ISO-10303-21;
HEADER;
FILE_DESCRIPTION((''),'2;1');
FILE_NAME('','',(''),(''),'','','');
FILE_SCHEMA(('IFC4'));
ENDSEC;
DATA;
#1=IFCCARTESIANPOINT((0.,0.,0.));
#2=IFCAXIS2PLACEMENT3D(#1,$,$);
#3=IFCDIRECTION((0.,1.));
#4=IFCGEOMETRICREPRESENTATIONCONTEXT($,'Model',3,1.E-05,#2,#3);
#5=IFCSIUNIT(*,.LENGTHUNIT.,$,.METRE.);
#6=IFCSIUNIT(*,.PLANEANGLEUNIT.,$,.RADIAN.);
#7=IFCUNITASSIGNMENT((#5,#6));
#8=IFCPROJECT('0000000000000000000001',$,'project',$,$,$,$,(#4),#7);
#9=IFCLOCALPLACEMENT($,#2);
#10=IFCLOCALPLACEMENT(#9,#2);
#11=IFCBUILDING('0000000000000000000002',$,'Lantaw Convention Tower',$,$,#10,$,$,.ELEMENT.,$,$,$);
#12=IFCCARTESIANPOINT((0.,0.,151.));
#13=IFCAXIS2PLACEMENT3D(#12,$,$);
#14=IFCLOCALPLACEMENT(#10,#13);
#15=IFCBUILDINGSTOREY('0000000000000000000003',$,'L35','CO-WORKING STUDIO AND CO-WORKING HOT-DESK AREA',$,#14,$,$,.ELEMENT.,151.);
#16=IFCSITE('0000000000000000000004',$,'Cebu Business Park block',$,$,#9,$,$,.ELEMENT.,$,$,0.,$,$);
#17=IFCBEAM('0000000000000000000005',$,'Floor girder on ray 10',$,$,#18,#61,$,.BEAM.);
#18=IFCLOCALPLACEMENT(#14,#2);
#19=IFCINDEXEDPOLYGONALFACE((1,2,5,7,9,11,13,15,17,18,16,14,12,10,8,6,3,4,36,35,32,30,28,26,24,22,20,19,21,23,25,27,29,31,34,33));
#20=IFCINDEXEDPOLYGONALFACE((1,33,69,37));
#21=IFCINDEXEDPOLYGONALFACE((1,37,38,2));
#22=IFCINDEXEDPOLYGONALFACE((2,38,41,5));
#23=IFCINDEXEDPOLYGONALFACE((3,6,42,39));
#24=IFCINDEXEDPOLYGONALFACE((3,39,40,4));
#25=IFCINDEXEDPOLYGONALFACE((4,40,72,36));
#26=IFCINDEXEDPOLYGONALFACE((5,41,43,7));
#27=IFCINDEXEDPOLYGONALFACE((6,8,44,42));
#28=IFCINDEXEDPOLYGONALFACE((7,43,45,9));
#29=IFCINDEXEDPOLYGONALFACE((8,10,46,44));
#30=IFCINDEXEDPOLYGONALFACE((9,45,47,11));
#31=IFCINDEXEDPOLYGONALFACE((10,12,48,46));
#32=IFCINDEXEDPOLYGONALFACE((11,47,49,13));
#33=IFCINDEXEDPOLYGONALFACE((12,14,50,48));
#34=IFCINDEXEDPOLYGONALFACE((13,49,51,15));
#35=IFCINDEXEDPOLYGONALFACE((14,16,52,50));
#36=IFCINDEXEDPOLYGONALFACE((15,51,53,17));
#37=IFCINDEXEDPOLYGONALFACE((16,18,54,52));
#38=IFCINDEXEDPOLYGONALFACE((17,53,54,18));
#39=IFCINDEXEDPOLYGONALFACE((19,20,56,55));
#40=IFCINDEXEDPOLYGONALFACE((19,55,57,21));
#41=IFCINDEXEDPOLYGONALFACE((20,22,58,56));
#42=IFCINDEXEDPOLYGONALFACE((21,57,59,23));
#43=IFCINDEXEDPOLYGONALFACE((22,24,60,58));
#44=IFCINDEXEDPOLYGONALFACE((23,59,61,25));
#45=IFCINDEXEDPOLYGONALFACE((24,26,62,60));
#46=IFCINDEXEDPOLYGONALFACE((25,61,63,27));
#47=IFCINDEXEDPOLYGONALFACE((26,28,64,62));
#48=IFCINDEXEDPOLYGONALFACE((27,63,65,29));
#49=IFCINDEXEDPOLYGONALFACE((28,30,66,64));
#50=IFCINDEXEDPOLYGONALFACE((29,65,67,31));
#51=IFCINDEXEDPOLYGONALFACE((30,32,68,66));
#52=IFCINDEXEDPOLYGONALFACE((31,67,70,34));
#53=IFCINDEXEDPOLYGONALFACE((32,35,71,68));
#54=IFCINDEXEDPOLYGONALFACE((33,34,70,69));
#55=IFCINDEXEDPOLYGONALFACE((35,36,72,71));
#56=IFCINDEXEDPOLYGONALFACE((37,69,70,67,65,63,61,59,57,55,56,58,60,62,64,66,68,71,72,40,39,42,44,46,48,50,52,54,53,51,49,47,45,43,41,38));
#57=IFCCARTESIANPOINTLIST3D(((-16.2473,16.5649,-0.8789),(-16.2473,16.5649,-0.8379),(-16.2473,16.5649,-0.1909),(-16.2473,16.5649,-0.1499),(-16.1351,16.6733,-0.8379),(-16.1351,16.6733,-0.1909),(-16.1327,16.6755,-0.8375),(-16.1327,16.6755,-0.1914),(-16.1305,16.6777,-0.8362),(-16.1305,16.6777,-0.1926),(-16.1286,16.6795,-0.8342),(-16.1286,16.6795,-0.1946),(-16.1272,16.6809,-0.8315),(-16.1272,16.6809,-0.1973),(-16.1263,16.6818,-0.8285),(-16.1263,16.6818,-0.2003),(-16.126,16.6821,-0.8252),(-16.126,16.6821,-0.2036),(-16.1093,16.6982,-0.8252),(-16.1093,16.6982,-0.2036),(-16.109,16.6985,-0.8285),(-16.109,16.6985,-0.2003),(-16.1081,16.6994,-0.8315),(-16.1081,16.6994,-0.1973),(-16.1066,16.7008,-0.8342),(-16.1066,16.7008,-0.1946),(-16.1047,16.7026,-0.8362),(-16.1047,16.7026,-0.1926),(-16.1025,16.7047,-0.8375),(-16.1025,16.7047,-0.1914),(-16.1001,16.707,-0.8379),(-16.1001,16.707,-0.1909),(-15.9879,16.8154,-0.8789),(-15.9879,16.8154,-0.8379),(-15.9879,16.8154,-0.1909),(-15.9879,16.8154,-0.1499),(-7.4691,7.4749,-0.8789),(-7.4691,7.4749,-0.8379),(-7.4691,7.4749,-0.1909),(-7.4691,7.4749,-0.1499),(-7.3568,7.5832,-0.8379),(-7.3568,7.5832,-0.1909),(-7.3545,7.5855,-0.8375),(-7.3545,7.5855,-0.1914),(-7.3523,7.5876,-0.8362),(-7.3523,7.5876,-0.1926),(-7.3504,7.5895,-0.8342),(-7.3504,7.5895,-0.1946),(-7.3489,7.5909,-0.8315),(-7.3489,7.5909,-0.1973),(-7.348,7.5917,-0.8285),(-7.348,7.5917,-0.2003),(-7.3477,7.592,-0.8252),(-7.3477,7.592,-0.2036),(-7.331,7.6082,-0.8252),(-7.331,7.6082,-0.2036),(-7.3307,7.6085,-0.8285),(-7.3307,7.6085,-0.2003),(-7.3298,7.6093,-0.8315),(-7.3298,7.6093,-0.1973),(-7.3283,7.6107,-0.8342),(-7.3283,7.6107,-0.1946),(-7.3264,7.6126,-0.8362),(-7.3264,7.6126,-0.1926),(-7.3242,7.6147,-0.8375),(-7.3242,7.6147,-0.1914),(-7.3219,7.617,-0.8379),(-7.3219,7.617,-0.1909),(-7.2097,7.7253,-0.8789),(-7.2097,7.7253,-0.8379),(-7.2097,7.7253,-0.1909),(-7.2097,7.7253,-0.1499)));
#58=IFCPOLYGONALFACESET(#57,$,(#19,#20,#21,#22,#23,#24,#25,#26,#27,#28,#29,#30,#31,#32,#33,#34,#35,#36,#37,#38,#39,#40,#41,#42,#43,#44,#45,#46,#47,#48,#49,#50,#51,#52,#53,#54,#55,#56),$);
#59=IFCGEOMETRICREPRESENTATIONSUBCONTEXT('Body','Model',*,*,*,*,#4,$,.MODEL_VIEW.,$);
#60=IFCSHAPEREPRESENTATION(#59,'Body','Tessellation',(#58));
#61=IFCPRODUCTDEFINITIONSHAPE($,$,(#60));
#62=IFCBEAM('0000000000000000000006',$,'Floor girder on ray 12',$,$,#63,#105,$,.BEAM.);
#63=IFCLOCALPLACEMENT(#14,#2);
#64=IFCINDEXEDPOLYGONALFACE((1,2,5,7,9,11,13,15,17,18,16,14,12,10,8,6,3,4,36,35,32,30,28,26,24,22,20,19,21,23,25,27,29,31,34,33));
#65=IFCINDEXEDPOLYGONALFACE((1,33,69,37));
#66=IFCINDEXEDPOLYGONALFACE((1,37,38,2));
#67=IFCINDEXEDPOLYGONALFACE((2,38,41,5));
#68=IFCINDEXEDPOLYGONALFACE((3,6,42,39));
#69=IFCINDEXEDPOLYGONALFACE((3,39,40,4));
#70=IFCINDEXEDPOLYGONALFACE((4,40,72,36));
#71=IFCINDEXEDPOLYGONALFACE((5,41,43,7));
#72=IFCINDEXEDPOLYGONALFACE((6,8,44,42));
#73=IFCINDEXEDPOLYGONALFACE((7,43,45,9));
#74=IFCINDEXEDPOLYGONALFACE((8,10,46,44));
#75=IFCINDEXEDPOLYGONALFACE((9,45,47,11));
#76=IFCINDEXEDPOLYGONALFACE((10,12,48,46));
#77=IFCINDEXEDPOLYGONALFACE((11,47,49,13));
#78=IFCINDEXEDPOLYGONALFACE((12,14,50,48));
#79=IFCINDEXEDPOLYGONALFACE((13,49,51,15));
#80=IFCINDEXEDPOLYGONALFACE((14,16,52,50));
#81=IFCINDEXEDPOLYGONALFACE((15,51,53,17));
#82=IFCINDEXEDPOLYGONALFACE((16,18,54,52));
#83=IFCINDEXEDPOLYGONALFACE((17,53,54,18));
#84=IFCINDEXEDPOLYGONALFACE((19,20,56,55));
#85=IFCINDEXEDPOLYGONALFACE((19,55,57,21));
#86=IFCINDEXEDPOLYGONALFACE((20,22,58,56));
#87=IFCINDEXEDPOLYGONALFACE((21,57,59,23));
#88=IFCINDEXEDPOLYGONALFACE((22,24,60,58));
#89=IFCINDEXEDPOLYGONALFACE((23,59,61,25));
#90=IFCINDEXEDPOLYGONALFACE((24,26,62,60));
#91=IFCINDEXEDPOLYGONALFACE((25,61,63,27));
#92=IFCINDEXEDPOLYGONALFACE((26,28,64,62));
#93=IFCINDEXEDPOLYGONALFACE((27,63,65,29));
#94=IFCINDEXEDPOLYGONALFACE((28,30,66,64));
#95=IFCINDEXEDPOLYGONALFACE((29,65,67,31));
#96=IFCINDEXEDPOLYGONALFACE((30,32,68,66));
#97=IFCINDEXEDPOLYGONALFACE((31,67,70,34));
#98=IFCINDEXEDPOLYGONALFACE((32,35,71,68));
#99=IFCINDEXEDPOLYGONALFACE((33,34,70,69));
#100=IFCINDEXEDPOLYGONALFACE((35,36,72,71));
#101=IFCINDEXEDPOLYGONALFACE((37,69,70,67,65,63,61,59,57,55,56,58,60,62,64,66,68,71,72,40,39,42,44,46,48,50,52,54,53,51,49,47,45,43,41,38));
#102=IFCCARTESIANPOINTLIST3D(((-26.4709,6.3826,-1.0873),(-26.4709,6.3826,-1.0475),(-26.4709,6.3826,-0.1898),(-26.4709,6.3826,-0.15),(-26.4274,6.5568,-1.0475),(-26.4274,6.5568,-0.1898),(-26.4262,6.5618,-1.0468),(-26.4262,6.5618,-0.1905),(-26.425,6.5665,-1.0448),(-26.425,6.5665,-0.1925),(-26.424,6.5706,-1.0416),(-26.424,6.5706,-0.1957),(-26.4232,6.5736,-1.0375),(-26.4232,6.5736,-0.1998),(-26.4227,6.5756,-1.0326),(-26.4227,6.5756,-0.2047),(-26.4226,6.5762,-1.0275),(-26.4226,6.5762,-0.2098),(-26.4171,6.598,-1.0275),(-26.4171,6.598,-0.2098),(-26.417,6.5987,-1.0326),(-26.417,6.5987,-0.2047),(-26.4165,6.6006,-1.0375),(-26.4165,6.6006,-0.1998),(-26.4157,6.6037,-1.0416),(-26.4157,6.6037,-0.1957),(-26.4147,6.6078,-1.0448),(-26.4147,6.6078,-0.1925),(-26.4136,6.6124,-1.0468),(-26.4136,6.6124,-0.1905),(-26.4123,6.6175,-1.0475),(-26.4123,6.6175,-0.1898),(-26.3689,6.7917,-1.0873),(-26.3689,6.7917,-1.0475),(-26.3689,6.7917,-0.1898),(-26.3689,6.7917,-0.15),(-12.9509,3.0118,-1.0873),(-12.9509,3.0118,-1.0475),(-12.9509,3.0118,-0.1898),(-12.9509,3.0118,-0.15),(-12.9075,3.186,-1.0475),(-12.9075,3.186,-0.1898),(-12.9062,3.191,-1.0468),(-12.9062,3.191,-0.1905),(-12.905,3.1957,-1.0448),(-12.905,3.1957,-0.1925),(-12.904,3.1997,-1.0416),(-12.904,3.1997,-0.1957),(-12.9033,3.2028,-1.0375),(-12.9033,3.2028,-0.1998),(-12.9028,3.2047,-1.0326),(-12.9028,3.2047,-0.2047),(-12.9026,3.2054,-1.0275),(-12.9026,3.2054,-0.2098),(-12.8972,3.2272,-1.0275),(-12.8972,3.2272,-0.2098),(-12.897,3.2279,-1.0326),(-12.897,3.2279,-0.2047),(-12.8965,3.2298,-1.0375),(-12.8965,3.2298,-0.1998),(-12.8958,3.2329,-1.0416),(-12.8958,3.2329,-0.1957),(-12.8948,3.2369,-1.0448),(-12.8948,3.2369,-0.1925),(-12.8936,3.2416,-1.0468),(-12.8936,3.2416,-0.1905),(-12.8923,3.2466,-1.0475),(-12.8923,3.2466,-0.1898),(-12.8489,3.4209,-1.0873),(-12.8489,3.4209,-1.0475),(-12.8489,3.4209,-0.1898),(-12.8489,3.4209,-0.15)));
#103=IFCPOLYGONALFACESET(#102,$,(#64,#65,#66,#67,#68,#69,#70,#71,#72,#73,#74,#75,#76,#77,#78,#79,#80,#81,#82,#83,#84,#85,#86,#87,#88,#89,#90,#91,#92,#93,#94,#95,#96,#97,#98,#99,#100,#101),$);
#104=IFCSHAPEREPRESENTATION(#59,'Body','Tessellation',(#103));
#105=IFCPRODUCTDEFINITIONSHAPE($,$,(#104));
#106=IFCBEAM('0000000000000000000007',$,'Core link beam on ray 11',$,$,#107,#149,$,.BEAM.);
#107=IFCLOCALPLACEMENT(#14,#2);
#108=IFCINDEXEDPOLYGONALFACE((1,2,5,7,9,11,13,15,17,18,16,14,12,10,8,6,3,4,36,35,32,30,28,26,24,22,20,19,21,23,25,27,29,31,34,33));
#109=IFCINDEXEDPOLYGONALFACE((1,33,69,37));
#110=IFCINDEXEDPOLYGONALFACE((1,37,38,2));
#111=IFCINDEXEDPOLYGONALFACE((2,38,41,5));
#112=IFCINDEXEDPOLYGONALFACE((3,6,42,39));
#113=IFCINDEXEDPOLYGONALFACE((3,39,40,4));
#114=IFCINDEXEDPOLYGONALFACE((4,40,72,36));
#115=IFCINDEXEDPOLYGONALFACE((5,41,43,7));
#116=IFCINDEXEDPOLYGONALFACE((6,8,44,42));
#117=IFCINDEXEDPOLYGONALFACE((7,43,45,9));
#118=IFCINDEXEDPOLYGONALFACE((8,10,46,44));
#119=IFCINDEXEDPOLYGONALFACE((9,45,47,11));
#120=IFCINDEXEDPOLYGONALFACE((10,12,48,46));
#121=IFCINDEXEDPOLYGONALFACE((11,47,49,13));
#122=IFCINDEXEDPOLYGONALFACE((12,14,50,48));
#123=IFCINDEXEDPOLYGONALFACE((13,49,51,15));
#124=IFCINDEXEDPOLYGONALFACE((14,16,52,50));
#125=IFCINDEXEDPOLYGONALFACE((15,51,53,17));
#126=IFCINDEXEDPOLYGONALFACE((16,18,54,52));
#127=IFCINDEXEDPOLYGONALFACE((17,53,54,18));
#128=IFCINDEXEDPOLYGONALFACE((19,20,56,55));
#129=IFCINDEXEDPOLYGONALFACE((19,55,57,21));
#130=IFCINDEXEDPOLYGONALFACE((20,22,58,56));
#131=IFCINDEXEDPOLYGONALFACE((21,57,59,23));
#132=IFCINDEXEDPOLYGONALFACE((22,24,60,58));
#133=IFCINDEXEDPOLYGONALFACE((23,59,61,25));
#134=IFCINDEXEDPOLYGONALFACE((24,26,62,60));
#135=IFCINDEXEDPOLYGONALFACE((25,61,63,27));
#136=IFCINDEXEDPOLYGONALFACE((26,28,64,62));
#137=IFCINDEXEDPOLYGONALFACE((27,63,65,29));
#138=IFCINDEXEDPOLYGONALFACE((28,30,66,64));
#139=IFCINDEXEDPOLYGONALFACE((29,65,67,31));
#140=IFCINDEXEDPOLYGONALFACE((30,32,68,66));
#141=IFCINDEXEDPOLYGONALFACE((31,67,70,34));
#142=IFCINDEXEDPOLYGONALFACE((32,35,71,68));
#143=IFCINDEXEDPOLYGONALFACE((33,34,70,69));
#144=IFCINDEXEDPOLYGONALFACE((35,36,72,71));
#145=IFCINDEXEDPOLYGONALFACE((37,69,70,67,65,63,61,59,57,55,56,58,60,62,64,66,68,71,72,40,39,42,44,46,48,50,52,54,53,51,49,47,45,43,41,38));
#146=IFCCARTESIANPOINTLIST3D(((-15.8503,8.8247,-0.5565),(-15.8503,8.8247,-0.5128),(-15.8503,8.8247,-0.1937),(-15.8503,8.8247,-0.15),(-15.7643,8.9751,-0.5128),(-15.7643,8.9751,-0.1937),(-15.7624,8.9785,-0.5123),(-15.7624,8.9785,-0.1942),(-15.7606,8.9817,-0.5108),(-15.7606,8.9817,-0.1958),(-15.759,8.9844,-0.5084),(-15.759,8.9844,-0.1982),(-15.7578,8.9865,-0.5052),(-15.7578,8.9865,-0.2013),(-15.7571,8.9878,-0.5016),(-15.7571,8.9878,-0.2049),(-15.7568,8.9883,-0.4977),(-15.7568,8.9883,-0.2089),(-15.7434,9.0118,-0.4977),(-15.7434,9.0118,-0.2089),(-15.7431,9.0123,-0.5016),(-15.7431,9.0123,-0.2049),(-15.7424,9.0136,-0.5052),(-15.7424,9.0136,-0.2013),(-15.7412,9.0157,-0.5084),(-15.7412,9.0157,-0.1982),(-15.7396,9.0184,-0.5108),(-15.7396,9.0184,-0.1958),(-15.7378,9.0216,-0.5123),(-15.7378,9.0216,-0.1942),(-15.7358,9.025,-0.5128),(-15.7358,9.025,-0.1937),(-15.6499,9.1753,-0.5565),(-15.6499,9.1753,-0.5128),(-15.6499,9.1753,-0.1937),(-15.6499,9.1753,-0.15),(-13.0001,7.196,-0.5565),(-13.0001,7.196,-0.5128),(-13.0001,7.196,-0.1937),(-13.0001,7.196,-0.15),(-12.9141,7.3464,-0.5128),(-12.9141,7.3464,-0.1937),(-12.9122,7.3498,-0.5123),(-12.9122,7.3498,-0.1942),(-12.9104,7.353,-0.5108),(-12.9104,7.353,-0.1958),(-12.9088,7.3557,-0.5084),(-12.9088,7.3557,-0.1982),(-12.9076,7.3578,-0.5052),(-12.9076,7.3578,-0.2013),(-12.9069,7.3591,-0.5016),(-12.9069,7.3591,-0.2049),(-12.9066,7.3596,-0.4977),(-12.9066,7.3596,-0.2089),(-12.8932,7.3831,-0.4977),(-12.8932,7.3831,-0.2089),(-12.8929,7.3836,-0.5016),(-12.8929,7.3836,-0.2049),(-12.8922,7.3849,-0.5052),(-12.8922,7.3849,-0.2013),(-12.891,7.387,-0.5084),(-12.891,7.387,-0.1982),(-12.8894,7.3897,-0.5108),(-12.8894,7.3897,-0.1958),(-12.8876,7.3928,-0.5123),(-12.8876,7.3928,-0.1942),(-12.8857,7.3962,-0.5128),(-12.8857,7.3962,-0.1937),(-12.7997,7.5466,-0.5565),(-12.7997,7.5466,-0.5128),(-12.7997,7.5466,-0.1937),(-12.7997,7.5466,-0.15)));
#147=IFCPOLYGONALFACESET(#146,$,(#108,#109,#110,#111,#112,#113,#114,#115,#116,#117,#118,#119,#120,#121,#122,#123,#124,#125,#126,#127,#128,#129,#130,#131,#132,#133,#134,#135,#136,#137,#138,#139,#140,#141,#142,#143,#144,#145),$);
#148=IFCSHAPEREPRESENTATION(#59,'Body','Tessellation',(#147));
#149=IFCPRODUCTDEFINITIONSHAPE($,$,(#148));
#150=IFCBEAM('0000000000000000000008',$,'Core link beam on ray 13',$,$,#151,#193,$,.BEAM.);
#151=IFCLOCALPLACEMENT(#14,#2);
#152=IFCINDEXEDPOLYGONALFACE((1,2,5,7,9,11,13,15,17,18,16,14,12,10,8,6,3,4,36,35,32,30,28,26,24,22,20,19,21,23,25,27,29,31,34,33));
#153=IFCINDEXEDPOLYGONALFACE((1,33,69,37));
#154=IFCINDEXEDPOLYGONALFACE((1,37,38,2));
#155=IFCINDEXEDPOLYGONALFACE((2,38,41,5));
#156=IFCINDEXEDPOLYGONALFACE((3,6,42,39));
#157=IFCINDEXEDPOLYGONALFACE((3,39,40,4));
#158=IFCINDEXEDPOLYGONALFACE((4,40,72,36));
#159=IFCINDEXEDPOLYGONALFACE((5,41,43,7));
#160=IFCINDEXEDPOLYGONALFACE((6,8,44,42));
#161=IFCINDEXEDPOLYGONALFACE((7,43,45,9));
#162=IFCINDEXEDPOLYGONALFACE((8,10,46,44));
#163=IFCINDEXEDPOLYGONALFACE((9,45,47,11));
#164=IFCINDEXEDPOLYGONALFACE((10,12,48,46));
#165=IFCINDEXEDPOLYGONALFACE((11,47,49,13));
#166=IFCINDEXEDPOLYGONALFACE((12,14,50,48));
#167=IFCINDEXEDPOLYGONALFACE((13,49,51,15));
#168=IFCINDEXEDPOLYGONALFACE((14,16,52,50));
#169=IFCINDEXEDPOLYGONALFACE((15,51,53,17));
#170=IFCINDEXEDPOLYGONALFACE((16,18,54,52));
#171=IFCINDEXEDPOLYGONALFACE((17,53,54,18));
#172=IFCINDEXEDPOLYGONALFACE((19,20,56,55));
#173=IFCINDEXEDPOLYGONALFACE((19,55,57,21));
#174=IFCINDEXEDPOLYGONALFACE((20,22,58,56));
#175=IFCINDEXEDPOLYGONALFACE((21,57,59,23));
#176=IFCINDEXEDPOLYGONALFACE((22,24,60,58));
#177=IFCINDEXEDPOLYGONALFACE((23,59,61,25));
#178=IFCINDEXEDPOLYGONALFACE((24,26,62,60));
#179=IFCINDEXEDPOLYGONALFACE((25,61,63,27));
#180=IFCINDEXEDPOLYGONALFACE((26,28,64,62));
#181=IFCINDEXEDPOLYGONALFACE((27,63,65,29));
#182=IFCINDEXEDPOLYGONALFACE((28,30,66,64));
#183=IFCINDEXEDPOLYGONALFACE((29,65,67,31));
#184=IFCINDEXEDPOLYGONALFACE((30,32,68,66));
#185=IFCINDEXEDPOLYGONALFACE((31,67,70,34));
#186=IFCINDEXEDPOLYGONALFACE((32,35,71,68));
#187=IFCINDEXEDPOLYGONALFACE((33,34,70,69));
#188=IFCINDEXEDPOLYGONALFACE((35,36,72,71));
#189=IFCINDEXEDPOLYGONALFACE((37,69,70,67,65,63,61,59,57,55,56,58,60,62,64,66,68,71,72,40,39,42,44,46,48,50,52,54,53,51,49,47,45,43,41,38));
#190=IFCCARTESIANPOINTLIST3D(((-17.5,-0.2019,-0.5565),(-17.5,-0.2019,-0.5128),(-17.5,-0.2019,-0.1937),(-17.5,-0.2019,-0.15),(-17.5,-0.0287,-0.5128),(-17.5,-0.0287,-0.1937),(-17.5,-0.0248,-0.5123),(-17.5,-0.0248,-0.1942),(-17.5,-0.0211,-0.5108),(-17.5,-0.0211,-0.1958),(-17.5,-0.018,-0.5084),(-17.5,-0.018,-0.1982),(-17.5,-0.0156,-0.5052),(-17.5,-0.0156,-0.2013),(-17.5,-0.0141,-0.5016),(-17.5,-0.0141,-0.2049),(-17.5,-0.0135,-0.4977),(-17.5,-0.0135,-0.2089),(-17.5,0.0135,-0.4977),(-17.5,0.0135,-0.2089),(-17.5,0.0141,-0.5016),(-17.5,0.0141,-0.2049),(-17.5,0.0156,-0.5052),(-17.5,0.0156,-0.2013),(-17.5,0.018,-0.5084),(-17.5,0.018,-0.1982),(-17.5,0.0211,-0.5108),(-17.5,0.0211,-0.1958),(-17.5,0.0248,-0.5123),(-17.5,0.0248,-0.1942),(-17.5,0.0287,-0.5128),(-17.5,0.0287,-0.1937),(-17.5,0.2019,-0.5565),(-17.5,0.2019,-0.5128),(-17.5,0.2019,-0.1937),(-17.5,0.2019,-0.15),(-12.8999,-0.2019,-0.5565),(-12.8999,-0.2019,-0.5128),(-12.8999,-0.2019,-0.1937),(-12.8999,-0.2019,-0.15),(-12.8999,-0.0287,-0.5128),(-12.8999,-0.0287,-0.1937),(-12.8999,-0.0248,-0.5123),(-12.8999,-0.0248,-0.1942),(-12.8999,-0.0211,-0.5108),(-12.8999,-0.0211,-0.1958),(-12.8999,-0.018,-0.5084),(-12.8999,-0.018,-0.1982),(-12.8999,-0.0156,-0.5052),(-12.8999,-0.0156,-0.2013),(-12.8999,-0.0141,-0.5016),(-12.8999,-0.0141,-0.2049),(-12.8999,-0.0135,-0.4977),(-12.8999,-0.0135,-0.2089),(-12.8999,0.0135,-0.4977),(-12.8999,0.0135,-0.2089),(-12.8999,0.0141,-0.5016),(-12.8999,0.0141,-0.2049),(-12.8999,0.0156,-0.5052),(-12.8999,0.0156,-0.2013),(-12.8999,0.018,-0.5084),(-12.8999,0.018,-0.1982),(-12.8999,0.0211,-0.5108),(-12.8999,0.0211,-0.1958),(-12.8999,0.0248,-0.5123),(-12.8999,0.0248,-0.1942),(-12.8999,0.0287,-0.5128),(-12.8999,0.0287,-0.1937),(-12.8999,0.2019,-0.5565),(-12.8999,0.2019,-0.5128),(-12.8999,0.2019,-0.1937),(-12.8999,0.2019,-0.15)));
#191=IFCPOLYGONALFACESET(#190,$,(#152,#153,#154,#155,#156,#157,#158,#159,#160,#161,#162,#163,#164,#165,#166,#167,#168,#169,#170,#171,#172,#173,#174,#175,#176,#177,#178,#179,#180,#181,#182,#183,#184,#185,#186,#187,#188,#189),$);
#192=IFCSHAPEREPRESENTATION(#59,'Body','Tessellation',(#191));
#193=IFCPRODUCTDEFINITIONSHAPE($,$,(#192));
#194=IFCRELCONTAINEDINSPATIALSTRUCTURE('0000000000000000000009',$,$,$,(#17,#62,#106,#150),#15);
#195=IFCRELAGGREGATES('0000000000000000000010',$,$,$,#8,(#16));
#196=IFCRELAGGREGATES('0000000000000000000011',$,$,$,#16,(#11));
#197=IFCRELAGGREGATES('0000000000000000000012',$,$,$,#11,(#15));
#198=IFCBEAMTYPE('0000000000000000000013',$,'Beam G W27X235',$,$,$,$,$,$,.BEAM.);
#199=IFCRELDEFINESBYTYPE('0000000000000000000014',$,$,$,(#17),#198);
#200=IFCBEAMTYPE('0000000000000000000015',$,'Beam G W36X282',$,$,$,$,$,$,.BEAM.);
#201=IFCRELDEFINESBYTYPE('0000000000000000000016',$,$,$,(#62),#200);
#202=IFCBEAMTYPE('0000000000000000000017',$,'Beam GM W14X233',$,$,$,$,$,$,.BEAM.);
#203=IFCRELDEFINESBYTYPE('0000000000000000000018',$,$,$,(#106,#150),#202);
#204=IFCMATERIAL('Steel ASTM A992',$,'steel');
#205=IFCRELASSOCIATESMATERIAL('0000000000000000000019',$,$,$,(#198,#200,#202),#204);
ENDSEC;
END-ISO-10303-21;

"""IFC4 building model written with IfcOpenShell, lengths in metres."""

from ifc_helpers import new_model, si_unit, direction, frame, origin, origin_2d, place, context, subcontext, project, spatial, i_section, extrude, material, material_profile, profile_set, type_object, element, save


model = new_model("IFC4")

# Units and contexts
model_context = context("Model", 3, precision=1e-05, world=origin(), true_north=direction((0.0, 1.0)))
body_context = subcontext(model_context, "Body", "Model", "MODEL_VIEW")
ifc_project = project(units=[si_unit("LENGTHUNIT", "METRE"), si_unit("PLANEANGLEUNIT", "RADIAN")], contexts=[model_context])

# Site, building, storey
site_placement = place(None, origin())
site = spatial("IfcSite", under=ifc_project, at=site_placement, Name="Cebu Business Park block", CompositionType="ELEMENT", RefElevation=0.0)
building_placement = place(site_placement, origin())
building = spatial("IfcBuilding", under=site, at=building_placement, Name="Lantaw Convention Tower", CompositionType="ELEMENT")
storey_placement = place(building_placement, frame((0.0, 0.0, 151.0)))
storey = spatial("IfcBuildingStorey", under=building, at=storey_placement, Name="L35", Description="CO-WORKING STUDIO AND CO-WORKING HOT-DESK AREA", CompositionType="ELEMENT", Elevation=151.0)

# Beams
ifc_material_1 = material(Name="Steel ASTM A992", Category="steel")
ifc_material_profile_1 = material_profile(ifc_material_1, i_section(OverallWidth=0.3606, OverallDepth=0.729, WebThickness=0.0232, FlangeThickness=0.041, FilletRadius=0.0127, at=origin_2d()), Name="W27X235")
ifc_profile_set_1 = profile_set([ifc_material_profile_1], Name="Steel ASTM A992")
beam_type_1 = type_object("IfcBeamType", Name="Beam G W27X235", PredefinedType="BEAM", material=ifc_profile_set_1)
beam_1_placement = place(storey_placement, frame((-7.3394, 7.6001, -0.5144), z_axis=(-0.694663, 0.719335, 0.0), x_axis=(-0.719335, -0.694663, 0.0)))
element("IfcBeam", 1, at=beam_1_placement, inside=storey, type_object=beam_type_1, Name="Floor girder on ray 10", PredefinedType="BEAM", context=body_context, shape_type="SweptSolid", body=[
    extrude(i_section(OverallWidth=0.3606, OverallDepth=0.729, WebThickness=0.0232, FlangeThickness=0.041, FilletRadius=0.0127, at=origin_2d()), origin(), (0.0, 0.0, 1.0), 12.6367),
])
ifc_material_profile_2 = material_profile(ifc_material_1, i_section(OverallWidth=0.4216, OverallDepth=0.9373, WebThickness=0.0225, FlangeThickness=0.0398, FilletRadius=0.02, at=origin_2d()), Name="W36X282")
ifc_profile_set_2 = profile_set([ifc_material_profile_2], Name="Steel ASTM A992")
beam_type_2 = type_object("IfcBeamType", Name="Beam G W36X282", PredefinedType="BEAM", material=ifc_profile_set_2)
beam_2_placement = place(storey_placement, frame((-12.8999, 3.2163, -0.6187), z_axis=(-0.970297, 0.241917, 0.0), x_axis=(-0.241917, -0.970297, 0.0)))
element("IfcBeam", 2, at=beam_2_placement, inside=storey, type_object=beam_type_2, Name="Floor girder on ray 12", PredefinedType="BEAM", context=body_context, shape_type="SweptSolid", body=[
    extrude(i_section(OverallWidth=0.4216, OverallDepth=0.9373, WebThickness=0.0225, FlangeThickness=0.0398, FilletRadius=0.02, at=origin_2d()), origin(), (0.0, 0.0, 1.0), 13.9338),
])
ifc_material_profile_3 = material_profile(ifc_material_1, i_section(OverallWidth=0.4038, OverallDepth=0.4065, WebThickness=0.0271, FlangeThickness=0.0437, FilletRadius=0.0151, at=origin_2d()), Name="W14X233")
ifc_profile_set_3 = profile_set([ifc_material_profile_3], Name="Steel ASTM A992")
beam_type_3 = type_object("IfcBeamType", Name="Beam GM W14X233", PredefinedType="BEAM", material=ifc_profile_set_3)
beam_3_placement = place(storey_placement, frame((-12.8999, 7.3713, -0.3533), z_axis=(-0.868239, 0.496147, 0.0), x_axis=(-0.496147, -0.868239, 0.0)))
element("IfcBeam", 3, at=beam_3_placement, inside=storey, type_object=beam_type_3, Name="Core link beam on ray 11", PredefinedType="BEAM", context=body_context, shape_type="SweptSolid", body=[
    extrude(i_section(OverallWidth=0.4038, OverallDepth=0.4065, WebThickness=0.0271, FlangeThickness=0.0437, FilletRadius=0.0151, at=origin_2d()), origin(), (0.0, 0.0, 1.0), 3.2827),
])
beam_4_placement = place(storey_placement, frame((-12.8999, 0.0, -0.3533), z_axis=(-1.0, 0.0, 0.0), x_axis=(0.0, -1.0, 0.0)))
element("IfcBeam", 4, at=beam_4_placement, inside=storey, type_object=beam_type_3, Name="Core link beam on ray 13", PredefinedType="BEAM", context=body_context, shape_type="SweptSolid", body=[
    extrude(i_section(OverallWidth=0.4038, OverallDepth=0.4065, WebThickness=0.0271, FlangeThickness=0.0437, FilletRadius=0.0151, at=origin_2d()), origin(), (0.0, 0.0, 1.0), 4.6001),
])

save(model, "model.ifc")
